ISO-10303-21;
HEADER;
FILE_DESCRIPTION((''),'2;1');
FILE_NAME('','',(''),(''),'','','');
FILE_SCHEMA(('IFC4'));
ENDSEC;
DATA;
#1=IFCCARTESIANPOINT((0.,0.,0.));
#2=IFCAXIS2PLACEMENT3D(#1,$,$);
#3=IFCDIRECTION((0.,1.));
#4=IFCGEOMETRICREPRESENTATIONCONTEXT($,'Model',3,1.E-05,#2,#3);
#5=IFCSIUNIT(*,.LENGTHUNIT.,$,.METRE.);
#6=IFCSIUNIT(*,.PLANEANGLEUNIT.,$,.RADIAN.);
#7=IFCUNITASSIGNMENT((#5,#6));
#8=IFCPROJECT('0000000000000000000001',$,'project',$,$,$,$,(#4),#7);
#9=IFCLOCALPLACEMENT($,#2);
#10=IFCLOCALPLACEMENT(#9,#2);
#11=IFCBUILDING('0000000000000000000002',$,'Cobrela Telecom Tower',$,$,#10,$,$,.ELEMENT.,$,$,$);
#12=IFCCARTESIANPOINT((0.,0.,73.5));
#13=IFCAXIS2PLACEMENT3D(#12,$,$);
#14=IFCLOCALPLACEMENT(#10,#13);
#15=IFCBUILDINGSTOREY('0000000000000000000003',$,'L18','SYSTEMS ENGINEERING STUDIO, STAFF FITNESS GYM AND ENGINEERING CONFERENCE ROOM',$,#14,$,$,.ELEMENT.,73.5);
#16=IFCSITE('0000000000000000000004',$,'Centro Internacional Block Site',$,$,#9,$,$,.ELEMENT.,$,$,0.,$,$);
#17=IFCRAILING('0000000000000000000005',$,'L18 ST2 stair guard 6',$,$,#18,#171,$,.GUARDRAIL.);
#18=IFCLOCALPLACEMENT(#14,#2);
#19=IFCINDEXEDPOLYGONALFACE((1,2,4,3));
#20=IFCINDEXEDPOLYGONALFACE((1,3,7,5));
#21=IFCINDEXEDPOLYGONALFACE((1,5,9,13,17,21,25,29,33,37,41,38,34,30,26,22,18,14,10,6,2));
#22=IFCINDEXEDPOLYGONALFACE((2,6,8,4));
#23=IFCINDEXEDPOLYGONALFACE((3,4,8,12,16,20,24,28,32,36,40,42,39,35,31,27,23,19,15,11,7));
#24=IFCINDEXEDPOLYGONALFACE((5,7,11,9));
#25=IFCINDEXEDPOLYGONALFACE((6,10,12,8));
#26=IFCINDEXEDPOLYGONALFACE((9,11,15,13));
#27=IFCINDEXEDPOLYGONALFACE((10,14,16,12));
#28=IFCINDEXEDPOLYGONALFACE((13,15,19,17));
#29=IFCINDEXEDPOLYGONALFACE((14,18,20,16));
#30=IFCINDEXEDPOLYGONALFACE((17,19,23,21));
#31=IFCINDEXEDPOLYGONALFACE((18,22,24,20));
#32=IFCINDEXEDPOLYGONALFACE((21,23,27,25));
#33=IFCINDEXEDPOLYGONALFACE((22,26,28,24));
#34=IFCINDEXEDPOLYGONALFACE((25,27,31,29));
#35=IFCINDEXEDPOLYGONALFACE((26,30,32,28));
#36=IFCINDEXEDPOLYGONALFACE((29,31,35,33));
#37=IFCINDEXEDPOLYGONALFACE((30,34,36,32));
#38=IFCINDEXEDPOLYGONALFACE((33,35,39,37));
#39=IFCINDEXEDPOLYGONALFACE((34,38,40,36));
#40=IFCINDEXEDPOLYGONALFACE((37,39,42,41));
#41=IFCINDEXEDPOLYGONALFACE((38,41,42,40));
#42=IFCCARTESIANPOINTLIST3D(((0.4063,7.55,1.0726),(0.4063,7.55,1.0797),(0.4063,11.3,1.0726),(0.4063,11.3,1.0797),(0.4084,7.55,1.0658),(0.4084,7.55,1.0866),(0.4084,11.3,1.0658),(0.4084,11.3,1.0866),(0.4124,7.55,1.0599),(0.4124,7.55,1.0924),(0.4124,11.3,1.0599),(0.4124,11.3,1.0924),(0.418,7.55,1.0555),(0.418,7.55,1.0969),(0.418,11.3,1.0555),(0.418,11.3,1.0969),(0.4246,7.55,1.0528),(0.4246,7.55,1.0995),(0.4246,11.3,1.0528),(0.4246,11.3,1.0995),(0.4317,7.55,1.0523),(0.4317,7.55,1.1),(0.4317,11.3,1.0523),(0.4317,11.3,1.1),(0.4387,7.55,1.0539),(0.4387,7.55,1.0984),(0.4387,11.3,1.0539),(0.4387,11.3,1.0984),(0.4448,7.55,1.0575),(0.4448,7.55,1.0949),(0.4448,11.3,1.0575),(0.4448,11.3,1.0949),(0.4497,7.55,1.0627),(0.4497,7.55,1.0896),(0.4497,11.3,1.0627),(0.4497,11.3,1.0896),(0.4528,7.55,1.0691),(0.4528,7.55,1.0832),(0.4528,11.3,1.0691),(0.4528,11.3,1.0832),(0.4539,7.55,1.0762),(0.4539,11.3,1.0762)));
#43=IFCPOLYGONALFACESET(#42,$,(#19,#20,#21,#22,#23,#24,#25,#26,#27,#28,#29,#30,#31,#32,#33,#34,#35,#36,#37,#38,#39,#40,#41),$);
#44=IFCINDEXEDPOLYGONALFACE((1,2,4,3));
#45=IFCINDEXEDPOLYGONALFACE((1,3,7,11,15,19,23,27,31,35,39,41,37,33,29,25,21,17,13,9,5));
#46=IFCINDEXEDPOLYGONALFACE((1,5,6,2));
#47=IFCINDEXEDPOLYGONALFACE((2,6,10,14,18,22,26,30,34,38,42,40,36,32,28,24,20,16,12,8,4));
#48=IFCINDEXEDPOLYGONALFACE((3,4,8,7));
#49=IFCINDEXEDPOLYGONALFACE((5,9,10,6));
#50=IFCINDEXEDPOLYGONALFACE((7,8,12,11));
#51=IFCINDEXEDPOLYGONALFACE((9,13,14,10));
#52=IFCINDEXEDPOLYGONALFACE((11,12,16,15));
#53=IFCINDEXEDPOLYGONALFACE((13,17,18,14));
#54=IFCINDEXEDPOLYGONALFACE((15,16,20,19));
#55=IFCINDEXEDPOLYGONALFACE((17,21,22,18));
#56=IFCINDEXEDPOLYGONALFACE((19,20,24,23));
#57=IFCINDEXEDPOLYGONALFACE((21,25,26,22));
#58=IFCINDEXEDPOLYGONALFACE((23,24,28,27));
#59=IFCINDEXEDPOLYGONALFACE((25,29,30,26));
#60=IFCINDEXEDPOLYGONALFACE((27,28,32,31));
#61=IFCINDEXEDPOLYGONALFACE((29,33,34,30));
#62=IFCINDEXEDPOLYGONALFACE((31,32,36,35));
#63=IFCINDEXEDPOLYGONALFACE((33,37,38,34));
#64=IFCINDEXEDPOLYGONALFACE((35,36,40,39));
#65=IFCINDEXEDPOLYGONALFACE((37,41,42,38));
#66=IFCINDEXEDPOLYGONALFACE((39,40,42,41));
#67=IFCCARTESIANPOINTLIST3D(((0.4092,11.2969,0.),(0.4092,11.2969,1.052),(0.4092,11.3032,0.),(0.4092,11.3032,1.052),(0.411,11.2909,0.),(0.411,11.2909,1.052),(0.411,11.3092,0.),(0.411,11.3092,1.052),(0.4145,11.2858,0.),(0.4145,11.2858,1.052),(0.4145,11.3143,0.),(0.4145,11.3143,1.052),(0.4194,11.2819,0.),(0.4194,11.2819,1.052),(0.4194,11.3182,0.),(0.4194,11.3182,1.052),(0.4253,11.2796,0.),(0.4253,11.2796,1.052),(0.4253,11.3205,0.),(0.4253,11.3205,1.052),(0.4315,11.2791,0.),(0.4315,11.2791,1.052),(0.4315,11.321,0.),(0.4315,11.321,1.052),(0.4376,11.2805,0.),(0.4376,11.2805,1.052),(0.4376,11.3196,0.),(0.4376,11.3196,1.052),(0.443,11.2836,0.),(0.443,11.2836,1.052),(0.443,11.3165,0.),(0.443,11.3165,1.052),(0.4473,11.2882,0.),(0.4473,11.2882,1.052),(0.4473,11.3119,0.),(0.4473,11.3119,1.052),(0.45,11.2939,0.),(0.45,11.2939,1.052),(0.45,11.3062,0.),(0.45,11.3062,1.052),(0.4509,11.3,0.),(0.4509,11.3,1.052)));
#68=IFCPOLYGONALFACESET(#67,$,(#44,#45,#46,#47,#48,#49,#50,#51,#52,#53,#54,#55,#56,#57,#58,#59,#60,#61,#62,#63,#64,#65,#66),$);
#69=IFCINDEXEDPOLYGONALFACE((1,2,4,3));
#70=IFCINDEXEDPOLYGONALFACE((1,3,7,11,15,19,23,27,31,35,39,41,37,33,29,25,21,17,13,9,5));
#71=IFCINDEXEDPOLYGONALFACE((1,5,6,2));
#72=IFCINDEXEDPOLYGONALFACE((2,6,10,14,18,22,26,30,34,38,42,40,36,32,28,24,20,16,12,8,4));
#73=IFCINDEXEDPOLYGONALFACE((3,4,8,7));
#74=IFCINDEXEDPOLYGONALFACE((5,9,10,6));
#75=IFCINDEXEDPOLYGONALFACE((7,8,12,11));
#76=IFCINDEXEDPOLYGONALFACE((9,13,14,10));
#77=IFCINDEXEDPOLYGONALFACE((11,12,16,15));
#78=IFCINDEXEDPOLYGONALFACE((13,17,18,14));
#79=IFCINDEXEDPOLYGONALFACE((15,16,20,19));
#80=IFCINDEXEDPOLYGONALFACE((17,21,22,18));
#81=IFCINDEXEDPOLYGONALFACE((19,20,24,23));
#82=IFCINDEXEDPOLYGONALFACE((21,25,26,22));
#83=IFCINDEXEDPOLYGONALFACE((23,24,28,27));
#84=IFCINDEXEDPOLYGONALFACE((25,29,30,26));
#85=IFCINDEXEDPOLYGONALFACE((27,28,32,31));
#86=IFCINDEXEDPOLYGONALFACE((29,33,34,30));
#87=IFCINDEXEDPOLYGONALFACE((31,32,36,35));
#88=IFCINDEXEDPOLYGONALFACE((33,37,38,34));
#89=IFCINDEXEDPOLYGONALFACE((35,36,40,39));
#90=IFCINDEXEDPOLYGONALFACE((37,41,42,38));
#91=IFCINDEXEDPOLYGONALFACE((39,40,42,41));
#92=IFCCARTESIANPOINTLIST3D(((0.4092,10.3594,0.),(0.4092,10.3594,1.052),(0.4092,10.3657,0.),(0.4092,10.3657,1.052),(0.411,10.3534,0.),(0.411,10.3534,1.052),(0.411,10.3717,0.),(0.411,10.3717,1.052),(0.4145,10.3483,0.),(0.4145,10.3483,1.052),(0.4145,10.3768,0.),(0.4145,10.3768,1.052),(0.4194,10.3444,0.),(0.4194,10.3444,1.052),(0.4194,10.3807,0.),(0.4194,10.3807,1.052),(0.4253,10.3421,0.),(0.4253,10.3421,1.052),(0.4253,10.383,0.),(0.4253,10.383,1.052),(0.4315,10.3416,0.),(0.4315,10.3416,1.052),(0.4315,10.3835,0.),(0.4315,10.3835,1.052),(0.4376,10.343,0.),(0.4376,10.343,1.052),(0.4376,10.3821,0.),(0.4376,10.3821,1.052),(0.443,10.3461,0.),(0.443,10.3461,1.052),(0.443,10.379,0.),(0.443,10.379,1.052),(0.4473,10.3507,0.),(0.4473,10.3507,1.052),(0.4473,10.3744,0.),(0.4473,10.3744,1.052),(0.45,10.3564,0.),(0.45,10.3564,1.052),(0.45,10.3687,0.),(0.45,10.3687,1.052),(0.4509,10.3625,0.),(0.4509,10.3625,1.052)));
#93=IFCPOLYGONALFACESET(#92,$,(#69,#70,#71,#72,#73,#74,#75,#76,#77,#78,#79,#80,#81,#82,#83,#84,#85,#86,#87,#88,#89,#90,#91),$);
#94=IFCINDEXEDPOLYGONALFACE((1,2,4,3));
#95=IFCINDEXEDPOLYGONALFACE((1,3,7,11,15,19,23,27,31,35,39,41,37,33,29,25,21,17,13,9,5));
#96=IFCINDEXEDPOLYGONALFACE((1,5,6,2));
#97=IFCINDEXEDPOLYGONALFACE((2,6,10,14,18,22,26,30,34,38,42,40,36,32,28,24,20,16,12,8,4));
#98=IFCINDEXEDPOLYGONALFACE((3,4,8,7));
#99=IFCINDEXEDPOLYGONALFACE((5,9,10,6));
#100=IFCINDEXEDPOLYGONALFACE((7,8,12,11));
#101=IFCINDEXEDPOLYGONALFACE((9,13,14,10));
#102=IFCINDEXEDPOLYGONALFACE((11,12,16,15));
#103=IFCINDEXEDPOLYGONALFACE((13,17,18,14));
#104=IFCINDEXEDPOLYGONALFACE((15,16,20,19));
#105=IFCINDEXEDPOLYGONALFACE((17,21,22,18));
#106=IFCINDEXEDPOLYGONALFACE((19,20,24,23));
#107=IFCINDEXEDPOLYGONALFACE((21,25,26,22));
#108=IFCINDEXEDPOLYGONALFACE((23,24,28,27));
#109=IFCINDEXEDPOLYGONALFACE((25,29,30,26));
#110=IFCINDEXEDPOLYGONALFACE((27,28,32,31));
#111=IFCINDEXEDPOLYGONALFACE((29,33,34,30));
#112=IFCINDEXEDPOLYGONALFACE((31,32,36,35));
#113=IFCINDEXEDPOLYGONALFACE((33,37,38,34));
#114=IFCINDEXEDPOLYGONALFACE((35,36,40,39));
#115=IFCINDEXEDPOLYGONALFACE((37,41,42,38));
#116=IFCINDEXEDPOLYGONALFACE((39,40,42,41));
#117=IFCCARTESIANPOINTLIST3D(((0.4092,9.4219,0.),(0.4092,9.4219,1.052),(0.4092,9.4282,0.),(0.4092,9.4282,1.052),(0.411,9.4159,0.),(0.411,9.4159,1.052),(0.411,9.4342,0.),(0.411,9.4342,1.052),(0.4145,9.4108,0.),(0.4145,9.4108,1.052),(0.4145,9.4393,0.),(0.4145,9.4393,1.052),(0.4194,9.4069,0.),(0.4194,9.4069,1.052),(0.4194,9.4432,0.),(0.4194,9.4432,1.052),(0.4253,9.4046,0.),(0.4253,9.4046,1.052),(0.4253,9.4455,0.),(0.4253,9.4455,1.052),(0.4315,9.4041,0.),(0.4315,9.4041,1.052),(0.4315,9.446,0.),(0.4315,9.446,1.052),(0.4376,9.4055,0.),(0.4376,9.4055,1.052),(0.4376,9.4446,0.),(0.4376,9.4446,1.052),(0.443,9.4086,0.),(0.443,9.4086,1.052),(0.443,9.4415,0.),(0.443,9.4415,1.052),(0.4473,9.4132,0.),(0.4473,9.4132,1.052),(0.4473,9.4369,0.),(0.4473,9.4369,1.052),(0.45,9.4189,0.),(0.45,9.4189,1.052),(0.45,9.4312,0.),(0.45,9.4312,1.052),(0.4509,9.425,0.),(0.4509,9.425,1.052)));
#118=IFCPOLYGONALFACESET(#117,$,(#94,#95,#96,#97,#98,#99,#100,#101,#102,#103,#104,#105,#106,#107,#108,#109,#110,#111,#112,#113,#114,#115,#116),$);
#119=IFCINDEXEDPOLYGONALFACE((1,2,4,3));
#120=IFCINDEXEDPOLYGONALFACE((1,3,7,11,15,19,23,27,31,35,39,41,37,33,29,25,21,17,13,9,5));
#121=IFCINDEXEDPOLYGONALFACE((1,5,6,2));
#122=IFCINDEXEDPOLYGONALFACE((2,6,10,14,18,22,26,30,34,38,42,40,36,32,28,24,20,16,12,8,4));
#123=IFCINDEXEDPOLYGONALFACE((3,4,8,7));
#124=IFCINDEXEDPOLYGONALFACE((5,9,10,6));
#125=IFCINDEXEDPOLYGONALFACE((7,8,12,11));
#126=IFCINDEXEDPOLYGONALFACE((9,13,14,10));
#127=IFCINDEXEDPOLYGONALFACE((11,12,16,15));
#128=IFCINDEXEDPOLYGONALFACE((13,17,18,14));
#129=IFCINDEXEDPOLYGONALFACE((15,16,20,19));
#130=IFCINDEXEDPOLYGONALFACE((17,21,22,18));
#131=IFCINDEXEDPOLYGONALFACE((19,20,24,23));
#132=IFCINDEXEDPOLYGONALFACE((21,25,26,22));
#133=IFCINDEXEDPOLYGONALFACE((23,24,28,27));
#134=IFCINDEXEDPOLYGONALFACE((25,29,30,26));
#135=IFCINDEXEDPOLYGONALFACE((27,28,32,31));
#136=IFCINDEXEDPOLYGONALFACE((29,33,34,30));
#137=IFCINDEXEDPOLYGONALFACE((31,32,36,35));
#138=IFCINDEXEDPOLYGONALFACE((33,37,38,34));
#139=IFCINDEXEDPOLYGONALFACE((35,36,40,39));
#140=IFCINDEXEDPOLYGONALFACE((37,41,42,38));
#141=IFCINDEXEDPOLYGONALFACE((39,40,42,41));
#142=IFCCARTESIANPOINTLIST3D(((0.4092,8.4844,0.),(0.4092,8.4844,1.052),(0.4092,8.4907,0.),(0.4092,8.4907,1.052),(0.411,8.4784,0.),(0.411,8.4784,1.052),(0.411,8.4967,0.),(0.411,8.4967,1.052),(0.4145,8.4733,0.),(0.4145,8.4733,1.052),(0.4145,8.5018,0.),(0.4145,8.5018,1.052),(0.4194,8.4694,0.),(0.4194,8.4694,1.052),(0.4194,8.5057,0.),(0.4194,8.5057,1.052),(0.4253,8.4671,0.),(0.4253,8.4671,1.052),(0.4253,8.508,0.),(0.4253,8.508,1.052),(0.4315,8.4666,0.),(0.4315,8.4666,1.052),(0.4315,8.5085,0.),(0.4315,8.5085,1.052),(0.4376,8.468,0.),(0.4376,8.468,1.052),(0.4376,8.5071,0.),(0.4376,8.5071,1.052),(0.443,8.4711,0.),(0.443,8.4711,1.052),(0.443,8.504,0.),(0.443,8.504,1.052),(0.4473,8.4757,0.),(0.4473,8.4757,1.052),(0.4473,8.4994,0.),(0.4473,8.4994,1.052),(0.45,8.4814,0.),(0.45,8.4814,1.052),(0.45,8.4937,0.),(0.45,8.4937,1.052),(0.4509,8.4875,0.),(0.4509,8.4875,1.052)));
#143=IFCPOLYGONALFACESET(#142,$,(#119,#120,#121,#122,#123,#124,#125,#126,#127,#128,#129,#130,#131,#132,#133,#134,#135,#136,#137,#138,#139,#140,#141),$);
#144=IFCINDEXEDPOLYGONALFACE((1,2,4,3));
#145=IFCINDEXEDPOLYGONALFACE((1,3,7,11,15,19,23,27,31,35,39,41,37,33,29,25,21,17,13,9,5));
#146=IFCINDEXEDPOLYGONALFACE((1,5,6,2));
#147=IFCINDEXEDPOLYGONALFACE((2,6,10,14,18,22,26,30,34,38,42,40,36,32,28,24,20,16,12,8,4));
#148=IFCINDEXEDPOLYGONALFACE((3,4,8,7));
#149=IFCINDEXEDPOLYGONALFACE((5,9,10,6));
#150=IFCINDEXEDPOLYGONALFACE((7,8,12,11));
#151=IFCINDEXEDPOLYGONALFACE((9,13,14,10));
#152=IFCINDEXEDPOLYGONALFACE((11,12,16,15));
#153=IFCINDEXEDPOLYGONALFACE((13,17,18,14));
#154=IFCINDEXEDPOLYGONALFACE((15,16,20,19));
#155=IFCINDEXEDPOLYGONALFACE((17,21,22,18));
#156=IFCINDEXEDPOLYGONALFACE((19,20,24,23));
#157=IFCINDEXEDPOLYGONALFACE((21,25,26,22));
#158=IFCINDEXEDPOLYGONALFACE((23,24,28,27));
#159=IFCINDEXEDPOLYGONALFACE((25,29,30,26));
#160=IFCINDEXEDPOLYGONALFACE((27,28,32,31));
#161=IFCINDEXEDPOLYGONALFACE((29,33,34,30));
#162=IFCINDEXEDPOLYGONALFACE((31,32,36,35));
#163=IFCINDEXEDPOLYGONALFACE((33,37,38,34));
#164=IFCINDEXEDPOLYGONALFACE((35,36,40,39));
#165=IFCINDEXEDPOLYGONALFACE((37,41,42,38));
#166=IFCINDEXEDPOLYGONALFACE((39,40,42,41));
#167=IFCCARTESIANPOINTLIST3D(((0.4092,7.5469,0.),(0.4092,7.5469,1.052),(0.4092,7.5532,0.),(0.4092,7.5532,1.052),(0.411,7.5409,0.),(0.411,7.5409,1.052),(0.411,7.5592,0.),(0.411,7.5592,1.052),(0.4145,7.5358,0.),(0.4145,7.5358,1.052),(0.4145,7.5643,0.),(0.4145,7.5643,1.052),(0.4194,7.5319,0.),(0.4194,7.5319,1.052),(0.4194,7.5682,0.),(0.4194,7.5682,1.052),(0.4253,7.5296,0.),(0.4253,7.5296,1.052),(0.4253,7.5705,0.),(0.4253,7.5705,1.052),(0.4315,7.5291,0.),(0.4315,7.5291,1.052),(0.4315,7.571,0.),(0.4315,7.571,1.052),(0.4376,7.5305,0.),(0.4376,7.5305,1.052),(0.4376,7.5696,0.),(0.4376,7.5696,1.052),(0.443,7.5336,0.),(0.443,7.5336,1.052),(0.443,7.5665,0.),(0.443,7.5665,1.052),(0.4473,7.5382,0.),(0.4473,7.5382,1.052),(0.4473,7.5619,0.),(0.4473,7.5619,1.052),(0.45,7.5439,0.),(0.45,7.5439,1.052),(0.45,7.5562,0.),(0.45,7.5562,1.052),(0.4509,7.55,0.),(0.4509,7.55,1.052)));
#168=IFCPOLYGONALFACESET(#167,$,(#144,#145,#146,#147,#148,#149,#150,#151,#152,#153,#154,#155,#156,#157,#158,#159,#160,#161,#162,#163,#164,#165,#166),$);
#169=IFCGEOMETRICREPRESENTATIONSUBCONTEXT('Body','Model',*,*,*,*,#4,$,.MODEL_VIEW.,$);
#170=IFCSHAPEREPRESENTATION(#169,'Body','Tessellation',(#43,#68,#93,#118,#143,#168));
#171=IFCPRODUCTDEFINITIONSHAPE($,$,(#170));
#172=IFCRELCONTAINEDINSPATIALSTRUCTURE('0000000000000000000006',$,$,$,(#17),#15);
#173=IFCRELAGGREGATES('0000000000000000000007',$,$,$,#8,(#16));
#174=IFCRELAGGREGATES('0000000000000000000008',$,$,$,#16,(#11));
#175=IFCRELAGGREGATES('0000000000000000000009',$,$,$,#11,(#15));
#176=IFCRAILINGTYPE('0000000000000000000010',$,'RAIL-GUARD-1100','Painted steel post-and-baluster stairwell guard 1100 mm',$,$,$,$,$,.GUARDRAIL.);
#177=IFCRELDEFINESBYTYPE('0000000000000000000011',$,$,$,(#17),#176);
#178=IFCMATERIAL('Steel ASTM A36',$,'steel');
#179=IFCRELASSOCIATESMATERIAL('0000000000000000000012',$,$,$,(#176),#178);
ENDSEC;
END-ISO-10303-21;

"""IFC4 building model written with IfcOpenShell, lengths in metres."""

from ifc_helpers import new_model, si_unit, direction, frame, origin, origin_2d, place, context, subcontext, project, spatial, circle, extrude, material, type_object, element, save


model = new_model("IFC4")

# Units and contexts
model_context = context("Model", 3, precision=1e-05, world=origin(), true_north=direction((0.0, 1.0)))
body_context = subcontext(model_context, "Body", "Model", "MODEL_VIEW")
ifc_project = project(units=[si_unit("LENGTHUNIT", "METRE"), si_unit("PLANEANGLEUNIT", "RADIAN")], contexts=[model_context])

# Site, building, storey
site_placement = place(None, origin())
site = spatial("IfcSite", under=ifc_project, at=site_placement, Name="Centro Internacional Block Site", CompositionType="ELEMENT", RefElevation=0.0)
building_placement = place(site_placement, origin())
building = spatial("IfcBuilding", under=site, at=building_placement, Name="Cobrela Telecom Tower", CompositionType="ELEMENT")
storey_placement = place(building_placement, frame((0.0, 0.0, 73.5)))
storey = spatial("IfcBuildingStorey", under=building, at=storey_placement, Name="L18", Description="SYSTEMS ENGINEERING STUDIO, STAFF FITNESS GYM AND ENGINEERING CONFERENCE ROOM", CompositionType="ELEMENT", Elevation=73.5)

# Railing
ifc_material_1 = material(Name="Steel ASTM A36", Category="steel")
railing_type_1 = type_object("IfcRailingType", Name="RAIL-GUARD-1100", Description="Painted steel post-and-baluster stairwell guard 1100 mm", PredefinedType="GUARDRAIL", material=ifc_material_1)
railing_1_placement = place(storey_placement, frame((0.4299, 11.3, 0.0)))
element("IfcRailing", 1, at=railing_1_placement, inside=storey, type_object=railing_type_1, Name="L18 ST2 stair guard 6", PredefinedType="GUARDRAIL", context=body_context, shape_type="SweptSolid", body=[
    extrude(circle(Radius=0.0239, at=origin_2d()), frame((0.0, 0.0, 1.0762), z_axis=(0.0, -1.0, 0.0), x_axis=(1.0, 0.0, 0.0)), (0.0, 0.0, 1.0), 3.75),
    extrude(circle(Radius=0.021, at=origin_2d()), origin(), (0.0, 0.0, 1.0), 1.052),
    extrude(circle(Radius=0.021, at=origin_2d()), frame((0.0, -0.9375, 0.0)), (0.0, 0.0, 1.0), 1.052),
    extrude(circle(Radius=0.021, at=origin_2d()), frame((0.0, -1.875, 0.0)), (0.0, 0.0, 1.0), 1.052),
    extrude(circle(Radius=0.021, at=origin_2d()), frame((0.0, -2.8125, 0.0)), (0.0, 0.0, 1.0), 1.052),
    extrude(circle(Radius=0.021, at=origin_2d()), frame((0.0, -3.75, 0.0)), (0.0, 0.0, 1.0), 1.052),
])

save(model, "model.ifc")
